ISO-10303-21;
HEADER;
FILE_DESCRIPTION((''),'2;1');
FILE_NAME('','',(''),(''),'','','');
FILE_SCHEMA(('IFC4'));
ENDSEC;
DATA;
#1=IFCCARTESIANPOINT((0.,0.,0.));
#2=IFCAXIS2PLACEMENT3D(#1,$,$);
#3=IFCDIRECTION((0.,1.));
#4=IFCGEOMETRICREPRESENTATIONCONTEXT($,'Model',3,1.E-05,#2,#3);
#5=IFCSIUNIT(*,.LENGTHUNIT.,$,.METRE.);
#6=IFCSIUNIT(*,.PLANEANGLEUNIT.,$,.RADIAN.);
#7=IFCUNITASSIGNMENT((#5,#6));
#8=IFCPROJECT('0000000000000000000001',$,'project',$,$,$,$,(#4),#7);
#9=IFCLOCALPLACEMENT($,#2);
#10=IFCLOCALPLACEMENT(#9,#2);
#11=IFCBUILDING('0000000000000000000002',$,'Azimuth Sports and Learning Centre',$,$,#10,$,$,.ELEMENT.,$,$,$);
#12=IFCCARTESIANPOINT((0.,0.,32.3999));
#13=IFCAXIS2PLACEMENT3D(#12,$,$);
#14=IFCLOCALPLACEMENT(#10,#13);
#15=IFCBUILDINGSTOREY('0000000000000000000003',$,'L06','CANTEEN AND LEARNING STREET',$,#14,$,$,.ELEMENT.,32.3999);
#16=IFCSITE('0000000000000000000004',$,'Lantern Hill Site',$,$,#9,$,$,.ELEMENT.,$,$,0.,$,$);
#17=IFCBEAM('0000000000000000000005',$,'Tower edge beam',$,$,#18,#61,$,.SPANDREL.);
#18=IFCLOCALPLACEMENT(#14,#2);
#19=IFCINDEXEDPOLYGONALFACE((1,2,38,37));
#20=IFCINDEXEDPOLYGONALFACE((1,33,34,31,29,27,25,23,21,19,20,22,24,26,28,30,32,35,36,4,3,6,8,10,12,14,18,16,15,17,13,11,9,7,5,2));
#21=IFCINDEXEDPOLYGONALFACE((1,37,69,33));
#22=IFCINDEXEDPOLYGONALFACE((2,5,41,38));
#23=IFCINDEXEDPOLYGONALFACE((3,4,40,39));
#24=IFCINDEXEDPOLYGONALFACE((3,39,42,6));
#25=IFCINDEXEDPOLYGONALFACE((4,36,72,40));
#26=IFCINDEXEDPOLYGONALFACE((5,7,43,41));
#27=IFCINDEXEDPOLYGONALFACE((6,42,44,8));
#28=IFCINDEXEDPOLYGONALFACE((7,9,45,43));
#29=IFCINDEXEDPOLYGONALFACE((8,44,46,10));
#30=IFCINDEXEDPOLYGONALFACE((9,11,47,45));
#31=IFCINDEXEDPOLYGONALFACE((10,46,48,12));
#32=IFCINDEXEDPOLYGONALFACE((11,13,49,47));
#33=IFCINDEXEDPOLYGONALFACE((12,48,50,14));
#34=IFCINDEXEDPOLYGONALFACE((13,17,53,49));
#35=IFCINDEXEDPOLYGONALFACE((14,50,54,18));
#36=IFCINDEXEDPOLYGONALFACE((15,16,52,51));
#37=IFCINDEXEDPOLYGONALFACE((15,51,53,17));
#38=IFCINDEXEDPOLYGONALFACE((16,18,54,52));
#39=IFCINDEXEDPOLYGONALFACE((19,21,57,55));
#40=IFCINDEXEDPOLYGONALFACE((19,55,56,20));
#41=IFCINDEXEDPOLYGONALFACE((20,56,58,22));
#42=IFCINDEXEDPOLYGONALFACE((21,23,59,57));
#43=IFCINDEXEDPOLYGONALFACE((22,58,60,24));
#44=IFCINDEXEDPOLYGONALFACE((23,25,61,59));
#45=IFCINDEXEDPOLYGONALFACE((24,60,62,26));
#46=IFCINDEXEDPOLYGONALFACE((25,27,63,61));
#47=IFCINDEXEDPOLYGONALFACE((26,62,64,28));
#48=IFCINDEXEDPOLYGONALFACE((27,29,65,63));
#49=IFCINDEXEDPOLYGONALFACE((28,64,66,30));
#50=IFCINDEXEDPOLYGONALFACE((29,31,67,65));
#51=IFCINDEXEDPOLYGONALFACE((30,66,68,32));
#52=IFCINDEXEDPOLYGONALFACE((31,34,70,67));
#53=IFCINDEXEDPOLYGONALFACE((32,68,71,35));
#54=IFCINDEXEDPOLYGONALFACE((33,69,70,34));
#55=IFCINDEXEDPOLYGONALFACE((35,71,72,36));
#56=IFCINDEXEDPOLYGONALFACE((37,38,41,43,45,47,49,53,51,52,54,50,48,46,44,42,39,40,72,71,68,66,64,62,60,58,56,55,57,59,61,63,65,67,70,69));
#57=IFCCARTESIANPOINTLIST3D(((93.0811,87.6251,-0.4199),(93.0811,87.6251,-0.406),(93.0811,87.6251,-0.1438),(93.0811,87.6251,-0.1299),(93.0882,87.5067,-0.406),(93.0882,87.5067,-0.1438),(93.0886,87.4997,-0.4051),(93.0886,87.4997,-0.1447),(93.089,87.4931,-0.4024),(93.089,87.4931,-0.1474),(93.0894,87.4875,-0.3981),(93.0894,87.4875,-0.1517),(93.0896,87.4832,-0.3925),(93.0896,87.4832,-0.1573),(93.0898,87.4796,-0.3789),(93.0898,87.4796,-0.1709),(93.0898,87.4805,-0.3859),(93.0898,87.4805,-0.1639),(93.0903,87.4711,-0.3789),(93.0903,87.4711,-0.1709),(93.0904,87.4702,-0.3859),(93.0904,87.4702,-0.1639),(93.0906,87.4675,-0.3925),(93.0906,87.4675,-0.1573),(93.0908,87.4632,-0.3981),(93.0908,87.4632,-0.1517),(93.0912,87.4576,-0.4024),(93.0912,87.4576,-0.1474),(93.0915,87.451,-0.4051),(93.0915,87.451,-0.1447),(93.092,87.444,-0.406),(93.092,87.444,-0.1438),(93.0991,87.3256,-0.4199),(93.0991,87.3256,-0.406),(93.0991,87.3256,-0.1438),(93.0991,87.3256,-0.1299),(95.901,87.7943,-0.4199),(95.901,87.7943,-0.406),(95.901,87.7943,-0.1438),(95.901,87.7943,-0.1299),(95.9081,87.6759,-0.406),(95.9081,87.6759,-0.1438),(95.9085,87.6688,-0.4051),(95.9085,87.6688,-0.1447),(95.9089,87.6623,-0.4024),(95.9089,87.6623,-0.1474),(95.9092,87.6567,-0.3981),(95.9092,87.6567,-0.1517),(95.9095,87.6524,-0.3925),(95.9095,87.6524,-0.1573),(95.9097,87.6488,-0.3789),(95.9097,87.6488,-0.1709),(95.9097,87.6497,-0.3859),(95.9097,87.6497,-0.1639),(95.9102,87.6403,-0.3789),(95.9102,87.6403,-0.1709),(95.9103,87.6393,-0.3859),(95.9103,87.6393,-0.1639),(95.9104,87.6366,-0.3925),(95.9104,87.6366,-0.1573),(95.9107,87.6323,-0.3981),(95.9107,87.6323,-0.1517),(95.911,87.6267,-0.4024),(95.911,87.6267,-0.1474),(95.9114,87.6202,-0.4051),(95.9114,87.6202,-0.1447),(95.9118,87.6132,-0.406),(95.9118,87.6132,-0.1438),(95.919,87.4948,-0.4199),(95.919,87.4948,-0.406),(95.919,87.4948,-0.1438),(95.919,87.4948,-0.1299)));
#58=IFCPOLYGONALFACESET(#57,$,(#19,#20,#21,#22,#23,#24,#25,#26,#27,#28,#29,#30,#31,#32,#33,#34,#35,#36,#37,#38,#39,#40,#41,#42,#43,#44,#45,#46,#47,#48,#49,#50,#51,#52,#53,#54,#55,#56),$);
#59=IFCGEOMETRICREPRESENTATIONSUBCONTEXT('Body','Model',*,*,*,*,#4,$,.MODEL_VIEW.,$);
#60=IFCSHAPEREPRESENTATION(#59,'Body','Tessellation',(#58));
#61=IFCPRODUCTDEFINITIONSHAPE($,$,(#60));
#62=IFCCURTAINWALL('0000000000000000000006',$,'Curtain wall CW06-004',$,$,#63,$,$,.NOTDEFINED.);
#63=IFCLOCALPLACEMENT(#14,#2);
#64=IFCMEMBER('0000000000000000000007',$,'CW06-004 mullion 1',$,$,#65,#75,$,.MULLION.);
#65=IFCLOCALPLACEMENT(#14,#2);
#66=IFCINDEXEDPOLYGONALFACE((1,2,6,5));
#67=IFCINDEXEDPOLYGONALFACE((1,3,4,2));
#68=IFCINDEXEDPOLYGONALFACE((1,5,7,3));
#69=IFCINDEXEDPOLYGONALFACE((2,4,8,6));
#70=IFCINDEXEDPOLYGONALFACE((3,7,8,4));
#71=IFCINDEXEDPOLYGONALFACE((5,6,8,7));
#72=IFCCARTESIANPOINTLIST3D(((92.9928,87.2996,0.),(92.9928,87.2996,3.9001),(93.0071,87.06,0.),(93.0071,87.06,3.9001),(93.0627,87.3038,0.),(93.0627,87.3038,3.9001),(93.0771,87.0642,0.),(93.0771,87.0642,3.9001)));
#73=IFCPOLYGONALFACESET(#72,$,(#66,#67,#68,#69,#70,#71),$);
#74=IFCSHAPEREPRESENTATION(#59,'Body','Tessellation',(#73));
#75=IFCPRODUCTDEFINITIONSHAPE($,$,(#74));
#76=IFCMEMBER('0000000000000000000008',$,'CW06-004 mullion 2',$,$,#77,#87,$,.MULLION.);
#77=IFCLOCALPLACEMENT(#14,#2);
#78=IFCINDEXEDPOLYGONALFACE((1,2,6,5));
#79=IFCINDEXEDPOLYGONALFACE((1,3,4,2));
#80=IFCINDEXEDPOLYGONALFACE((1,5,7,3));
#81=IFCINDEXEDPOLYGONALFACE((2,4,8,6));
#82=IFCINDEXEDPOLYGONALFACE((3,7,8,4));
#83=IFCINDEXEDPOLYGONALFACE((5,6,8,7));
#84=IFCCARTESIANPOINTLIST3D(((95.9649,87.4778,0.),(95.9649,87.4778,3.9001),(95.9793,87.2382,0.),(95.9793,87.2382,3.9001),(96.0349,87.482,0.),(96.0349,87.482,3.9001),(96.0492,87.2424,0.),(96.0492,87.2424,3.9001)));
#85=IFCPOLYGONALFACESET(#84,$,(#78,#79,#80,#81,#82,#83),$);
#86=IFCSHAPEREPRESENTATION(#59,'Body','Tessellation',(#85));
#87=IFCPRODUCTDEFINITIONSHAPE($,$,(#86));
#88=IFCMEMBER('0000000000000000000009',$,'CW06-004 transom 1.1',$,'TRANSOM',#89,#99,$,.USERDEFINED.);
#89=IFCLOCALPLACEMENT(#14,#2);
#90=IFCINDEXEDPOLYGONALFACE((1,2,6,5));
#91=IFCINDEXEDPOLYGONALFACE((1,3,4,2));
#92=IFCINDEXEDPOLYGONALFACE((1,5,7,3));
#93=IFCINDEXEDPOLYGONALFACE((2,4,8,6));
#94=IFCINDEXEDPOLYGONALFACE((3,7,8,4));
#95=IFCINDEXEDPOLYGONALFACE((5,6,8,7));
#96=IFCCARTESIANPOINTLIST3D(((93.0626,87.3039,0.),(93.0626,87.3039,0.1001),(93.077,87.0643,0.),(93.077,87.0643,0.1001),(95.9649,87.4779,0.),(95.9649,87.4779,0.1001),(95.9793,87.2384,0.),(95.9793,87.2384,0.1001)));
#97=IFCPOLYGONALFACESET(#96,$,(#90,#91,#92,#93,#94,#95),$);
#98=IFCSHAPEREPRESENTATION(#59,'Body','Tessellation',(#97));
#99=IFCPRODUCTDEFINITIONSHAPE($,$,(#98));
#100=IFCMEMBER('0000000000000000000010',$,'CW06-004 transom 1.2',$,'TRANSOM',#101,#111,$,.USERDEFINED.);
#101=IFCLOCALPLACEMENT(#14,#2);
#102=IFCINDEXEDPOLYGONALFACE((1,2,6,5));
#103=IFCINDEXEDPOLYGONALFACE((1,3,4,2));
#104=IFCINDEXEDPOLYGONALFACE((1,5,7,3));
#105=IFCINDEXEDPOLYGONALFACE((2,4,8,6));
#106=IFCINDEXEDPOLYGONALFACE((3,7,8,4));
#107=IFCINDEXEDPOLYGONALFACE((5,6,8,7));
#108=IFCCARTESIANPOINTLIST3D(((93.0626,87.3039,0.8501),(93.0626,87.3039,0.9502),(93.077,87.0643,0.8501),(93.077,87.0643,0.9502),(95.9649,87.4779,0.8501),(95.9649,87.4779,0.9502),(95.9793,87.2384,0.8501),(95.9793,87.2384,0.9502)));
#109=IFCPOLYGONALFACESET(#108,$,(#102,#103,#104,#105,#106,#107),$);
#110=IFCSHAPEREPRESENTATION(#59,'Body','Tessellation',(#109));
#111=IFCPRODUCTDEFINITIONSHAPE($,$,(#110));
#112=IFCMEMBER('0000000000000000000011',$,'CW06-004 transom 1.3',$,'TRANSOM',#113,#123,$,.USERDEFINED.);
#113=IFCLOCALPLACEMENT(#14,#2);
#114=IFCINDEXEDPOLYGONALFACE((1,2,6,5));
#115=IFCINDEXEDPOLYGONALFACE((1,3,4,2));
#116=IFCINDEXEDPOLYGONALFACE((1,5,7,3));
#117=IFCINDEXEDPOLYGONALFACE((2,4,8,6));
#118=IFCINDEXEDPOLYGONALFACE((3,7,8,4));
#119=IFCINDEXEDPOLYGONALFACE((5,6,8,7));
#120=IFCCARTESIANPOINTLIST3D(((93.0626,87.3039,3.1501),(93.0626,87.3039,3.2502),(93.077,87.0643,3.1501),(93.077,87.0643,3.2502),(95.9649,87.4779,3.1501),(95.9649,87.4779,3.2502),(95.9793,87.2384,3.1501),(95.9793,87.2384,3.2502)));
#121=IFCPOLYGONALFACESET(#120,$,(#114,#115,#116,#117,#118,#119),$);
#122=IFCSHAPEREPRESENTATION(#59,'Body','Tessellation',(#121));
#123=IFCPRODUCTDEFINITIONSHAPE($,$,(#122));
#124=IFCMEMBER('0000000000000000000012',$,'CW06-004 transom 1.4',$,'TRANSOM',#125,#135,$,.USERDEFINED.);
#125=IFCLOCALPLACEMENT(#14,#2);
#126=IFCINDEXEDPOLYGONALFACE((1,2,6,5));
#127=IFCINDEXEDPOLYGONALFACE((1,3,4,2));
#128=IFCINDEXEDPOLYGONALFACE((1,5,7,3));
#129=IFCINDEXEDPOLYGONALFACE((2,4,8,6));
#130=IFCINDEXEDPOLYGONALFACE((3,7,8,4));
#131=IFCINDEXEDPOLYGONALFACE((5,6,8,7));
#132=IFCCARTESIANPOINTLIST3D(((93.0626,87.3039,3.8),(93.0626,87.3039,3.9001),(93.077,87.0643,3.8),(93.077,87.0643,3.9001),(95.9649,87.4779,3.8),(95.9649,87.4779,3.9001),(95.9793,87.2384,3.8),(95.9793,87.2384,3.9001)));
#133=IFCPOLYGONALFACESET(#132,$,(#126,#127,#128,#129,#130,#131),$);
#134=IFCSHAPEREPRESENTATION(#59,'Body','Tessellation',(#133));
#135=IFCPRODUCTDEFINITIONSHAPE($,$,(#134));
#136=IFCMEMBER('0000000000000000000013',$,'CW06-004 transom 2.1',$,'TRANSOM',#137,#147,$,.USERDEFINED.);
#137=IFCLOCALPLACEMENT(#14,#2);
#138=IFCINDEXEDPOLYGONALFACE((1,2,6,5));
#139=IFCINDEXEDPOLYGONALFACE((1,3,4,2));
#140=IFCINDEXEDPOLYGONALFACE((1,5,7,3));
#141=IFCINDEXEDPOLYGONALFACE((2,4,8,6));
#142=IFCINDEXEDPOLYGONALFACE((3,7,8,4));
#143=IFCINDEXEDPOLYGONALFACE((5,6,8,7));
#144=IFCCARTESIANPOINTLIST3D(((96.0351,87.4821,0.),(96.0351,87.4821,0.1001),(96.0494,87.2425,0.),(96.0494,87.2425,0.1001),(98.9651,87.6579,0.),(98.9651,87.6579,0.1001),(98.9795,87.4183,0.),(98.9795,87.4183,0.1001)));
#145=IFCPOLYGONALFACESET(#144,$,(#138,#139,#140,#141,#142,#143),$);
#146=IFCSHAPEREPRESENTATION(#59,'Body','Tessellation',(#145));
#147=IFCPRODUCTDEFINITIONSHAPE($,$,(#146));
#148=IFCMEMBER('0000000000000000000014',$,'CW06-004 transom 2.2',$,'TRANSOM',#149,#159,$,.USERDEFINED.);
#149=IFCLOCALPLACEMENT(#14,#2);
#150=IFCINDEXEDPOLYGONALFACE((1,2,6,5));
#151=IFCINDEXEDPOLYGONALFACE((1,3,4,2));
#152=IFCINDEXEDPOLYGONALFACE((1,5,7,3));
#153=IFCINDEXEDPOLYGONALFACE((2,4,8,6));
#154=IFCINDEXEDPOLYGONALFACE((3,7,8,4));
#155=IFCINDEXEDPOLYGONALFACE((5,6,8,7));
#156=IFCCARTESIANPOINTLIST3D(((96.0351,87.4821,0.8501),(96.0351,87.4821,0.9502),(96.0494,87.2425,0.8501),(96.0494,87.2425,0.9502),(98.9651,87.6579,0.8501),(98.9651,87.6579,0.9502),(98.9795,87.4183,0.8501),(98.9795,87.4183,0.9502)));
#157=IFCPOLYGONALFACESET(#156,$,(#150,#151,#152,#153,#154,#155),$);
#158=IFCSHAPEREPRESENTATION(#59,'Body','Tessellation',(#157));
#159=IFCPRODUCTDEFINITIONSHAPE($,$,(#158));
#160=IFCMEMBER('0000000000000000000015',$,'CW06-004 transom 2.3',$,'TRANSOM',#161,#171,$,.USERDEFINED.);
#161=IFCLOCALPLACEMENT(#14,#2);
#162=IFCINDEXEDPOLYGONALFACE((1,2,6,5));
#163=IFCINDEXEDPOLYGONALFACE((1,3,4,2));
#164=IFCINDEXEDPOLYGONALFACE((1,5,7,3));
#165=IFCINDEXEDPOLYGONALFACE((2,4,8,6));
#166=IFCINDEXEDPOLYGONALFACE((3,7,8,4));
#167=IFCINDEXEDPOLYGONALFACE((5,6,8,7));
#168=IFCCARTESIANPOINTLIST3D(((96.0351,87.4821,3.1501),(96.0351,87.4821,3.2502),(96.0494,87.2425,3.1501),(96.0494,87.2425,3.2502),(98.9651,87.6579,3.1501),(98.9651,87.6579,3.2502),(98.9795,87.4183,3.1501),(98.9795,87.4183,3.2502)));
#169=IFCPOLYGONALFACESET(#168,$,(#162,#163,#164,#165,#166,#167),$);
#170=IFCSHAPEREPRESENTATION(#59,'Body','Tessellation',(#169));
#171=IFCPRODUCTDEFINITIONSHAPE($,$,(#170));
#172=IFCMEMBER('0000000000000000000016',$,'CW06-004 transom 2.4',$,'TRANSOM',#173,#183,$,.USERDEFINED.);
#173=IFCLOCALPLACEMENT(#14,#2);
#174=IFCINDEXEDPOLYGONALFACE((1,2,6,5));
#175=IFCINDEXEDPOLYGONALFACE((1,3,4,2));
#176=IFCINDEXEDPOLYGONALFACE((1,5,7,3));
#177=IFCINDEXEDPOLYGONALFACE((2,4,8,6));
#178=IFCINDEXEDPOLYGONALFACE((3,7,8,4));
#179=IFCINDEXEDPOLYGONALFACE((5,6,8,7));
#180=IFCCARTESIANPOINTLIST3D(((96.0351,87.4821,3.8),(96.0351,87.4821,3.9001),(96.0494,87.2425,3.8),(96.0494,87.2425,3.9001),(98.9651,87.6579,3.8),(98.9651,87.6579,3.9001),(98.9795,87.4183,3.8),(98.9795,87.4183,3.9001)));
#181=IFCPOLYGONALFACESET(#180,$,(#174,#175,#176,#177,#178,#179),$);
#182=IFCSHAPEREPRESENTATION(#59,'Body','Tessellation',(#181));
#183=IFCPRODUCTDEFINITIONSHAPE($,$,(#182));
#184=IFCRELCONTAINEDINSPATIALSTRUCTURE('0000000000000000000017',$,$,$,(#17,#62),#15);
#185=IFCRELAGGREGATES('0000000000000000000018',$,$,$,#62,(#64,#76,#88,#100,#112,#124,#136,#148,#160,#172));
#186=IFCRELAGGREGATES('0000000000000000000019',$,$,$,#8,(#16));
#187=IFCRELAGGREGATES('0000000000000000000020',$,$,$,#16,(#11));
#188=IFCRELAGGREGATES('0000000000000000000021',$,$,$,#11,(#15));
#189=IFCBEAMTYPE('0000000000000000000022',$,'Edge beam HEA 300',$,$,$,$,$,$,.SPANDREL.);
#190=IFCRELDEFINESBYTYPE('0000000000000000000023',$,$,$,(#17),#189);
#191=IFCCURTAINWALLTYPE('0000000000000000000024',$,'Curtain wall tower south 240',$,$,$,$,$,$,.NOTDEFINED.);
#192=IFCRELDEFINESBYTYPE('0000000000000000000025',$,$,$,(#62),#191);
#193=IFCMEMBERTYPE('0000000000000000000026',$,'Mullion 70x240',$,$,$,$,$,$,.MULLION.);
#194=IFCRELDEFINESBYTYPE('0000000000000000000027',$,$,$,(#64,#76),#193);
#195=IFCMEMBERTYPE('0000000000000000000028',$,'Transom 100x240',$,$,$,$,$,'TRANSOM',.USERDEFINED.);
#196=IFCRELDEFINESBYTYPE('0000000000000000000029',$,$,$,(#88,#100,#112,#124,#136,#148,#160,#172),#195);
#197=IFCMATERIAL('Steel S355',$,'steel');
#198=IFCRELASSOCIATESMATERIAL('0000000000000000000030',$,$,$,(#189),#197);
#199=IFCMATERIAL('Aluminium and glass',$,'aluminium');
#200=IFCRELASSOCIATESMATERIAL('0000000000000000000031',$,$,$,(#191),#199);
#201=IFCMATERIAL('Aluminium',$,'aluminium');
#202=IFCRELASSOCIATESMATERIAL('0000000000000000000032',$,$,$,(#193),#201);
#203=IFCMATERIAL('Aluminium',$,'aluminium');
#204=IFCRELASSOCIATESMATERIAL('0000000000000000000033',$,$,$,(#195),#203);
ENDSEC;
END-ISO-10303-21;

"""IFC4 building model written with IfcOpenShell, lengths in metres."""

from ifc_helpers import new_model, si_unit, direction, frame, origin, origin_2d, place, context, subcontext, project, spatial, rectangle, i_section, extrude, material, material_profile, profile_set, type_object, element, aggregate, save


model = new_model("IFC4")

# Units and contexts
model_context = context("Model", 3, precision=1e-05, world=origin(), true_north=direction((0.0, 1.0)))
body_context = subcontext(model_context, "Body", "Model", "MODEL_VIEW")
ifc_project = project(units=[si_unit("LENGTHUNIT", "METRE"), si_unit("PLANEANGLEUNIT", "RADIAN")], contexts=[model_context])

# Site, building, storey
site_placement = place(None, origin())
site = spatial("IfcSite", under=ifc_project, at=site_placement, Name="Lantern Hill Site", CompositionType="ELEMENT", RefElevation=0.0)
building_placement = place(site_placement, origin())
building = spatial("IfcBuilding", under=site, at=building_placement, Name="Azimuth Sports and Learning Centre", CompositionType="ELEMENT")
storey_placement = place(building_placement, frame((0.0, 0.0, 32.3999)))
storey = spatial("IfcBuildingStorey", under=building, at=storey_placement, Name="L06", Description="CANTEEN AND LEARNING STREET", CompositionType="ELEMENT", Elevation=32.3999)

# Beam
ifc_material_1 = material(Name="Steel S355", Category="steel")
ifc_material_profile_1 = material_profile(ifc_material_1, i_section(OverallWidth=0.3, OverallDepth=0.29, WebThickness=0.0085, FlangeThickness=0.0139, FilletRadius=0.0271, at=origin_2d()), Name="HEA 300")
ifc_profile_set_1 = profile_set([ifc_material_profile_1], Name="Steel S355")
beam_type = type_object("IfcBeamType", Name="Edge beam HEA 300", PredefinedType="SPANDREL", material=ifc_profile_set_1)
beam_placement = place(storey_placement, frame((93.0901, 87.4753, -0.2749), z_axis=(0.998205, 0.059892, 0.0), x_axis=(-0.059892, 0.998205, 0.0)))
element("IfcBeam", 1, at=beam_placement, inside=storey, type_object=beam_type, Name="Tower edge beam", PredefinedType="SPANDREL", context=body_context, shape_type="SweptSolid", body=[
    extrude(i_section(OverallWidth=0.3, OverallDepth=0.29, WebThickness=0.0085, FlangeThickness=0.0139, FilletRadius=0.0271, at=origin_2d()), origin(), (0.0, 0.0, 1.0), 2.825),
])

# Curtain wall, members
ifc_material_2 = material(Name="Aluminium and glass", Category="aluminium")
curtain_wall_type = type_object("IfcCurtainWallType", Name="Curtain wall tower south 240", PredefinedType="NOTDEFINED", material=ifc_material_2)
curtain_wall_placement = place(storey_placement, origin())
curtain_wall = element("IfcCurtainWall", 2, at=curtain_wall_placement, inside=storey, type_object=curtain_wall_type, Name="Curtain wall CW06-004", PredefinedType="NOTDEFINED")
ifc_material_3 = material(Name="Aluminium", Category="aluminium")
ifc_material_profile_2 = material_profile(ifc_material_3, rectangle(XDim=0.24, YDim=0.0701, at=origin_2d()), Name="Mullion 70x240")
ifc_profile_set_2 = profile_set([ifc_material_profile_2], Name="Aluminium")
member_type_1 = type_object("IfcMemberType", Name="Mullion 70x240", PredefinedType="MULLION", material=ifc_profile_set_2)
member_1_placement = place(storey_placement, frame((93.0349, 87.1819, 0.0), z_axis=(0.0, 0.0, 1.0), x_axis=(-0.059892, 0.998205, 0.0)))
member_1 = element("IfcMember", 3, at=member_1_placement, type_object=member_type_1, Name="CW06-004 mullion 1", PredefinedType="MULLION", context=body_context, shape_type="SweptSolid", body=[
    extrude(rectangle(XDim=0.24, YDim=0.0701, at=origin_2d()), origin(), (0.0, 0.0, 1.0), 3.9001),
])
member_2_placement = place(storey_placement, frame((96.0071, 87.3601, 0.0), z_axis=(0.0, 0.0, 1.0), x_axis=(-0.059892, 0.998205, 0.0)))
member_2 = element("IfcMember", 4, at=member_2_placement, type_object=member_type_1, Name="CW06-004 mullion 2", PredefinedType="MULLION", context=body_context, shape_type="SweptSolid", body=[
    extrude(rectangle(XDim=0.24, YDim=0.0701, at=origin_2d()), origin(), (0.0, 0.0, 1.0), 3.9001),
])
ifc_material_4 = material(Name="Aluminium", Category="aluminium")
ifc_material_profile_3 = material_profile(ifc_material_4, rectangle(XDim=0.24, YDim=0.1001, at=origin_2d()), Name="Transom 100x240")
ifc_profile_set_3 = profile_set([ifc_material_profile_3], Name="Aluminium")
member_type_2 = type_object("IfcMemberType", Name="Transom 100x240", ElementType="TRANSOM", PredefinedType="USERDEFINED", material=ifc_profile_set_3)
member_3_placement = place(storey_placement, frame((93.0698, 87.1841, 0.05), z_axis=(0.998206, 0.059869, 0.0), x_axis=(-0.059869, 0.998206, 0.0)))
member_3 = element("IfcMember", 5, at=member_3_placement, type_object=member_type_2, Name="CW06-004 transom 1.1", ObjectType="TRANSOM", PredefinedType="USERDEFINED", context=body_context, shape_type="SweptSolid", body=[
    extrude(rectangle(XDim=0.24, YDim=0.1001, at=origin_2d()), origin(), (0.0, 0.0, 1.0), 2.9075),
])
member_4_placement = place(storey_placement, frame((93.0698, 87.1841, 0.9001), z_axis=(0.998206, 0.059869, 0.0), x_axis=(-0.059869, 0.998206, 0.0)))
member_4 = element("IfcMember", 6, at=member_4_placement, type_object=member_type_2, Name="CW06-004 transom 1.2", ObjectType="TRANSOM", PredefinedType="USERDEFINED", context=body_context, shape_type="SweptSolid", body=[
    extrude(rectangle(XDim=0.24, YDim=0.1001, at=origin_2d()), origin(), (0.0, 0.0, 1.0), 2.9075),
])
member_5_placement = place(storey_placement, frame((93.0698, 87.1841, 3.2002), z_axis=(0.998206, 0.059869, 0.0), x_axis=(-0.059869, 0.998206, 0.0)))
member_5 = element("IfcMember", 7, at=member_5_placement, type_object=member_type_2, Name="CW06-004 transom 1.3", ObjectType="TRANSOM", PredefinedType="USERDEFINED", context=body_context, shape_type="SweptSolid", body=[
    extrude(rectangle(XDim=0.24, YDim=0.1001, at=origin_2d()), origin(), (0.0, 0.0, 1.0), 2.9075),
])
member_6_placement = place(storey_placement, frame((93.0698, 87.1841, 3.8501), z_axis=(0.998206, 0.059869, 0.0), x_axis=(-0.059869, 0.998206, 0.0)))
member_6 = element("IfcMember", 8, at=member_6_placement, type_object=member_type_2, Name="CW06-004 transom 1.4", ObjectType="TRANSOM", PredefinedType="USERDEFINED", context=body_context, shape_type="SweptSolid", body=[
    extrude(rectangle(XDim=0.24, YDim=0.1001, at=origin_2d()), origin(), (0.0, 0.0, 1.0), 2.9075),
])
member_7_placement = place(storey_placement, frame((96.0422, 87.3623, 0.05), z_axis=(0.998205, 0.059887, 0.0), x_axis=(-0.059887, 0.998205, 0.0)))
member_7 = element("IfcMember", 9, at=member_7_placement, type_object=member_type_2, Name="CW06-004 transom 2.1", ObjectType="TRANSOM", PredefinedType="USERDEFINED", context=body_context, shape_type="SweptSolid", body=[
    extrude(rectangle(XDim=0.24, YDim=0.1001, at=origin_2d()), origin(), (0.0, 0.0, 1.0), 2.9353),
])
member_8_placement = place(storey_placement, frame((96.0422, 87.3623, 0.9001), z_axis=(0.998205, 0.059887, 0.0), x_axis=(-0.059887, 0.998205, 0.0)))
member_8 = element("IfcMember", 10, at=member_8_placement, type_object=member_type_2, Name="CW06-004 transom 2.2", ObjectType="TRANSOM", PredefinedType="USERDEFINED", context=body_context, shape_type="SweptSolid", body=[
    extrude(rectangle(XDim=0.24, YDim=0.1001, at=origin_2d()), origin(), (0.0, 0.0, 1.0), 2.9353),
])
member_9_placement = place(storey_placement, frame((96.0422, 87.3623, 3.2002), z_axis=(0.998205, 0.059887, 0.0), x_axis=(-0.059887, 0.998205, 0.0)))
member_9 = element("IfcMember", 11, at=member_9_placement, type_object=member_type_2, Name="CW06-004 transom 2.3", ObjectType="TRANSOM", PredefinedType="USERDEFINED", context=body_context, shape_type="SweptSolid", body=[
    extrude(rectangle(XDim=0.24, YDim=0.1001, at=origin_2d()), origin(), (0.0, 0.0, 1.0), 2.9353),
])
member_10_placement = place(storey_placement, frame((96.0422, 87.3623, 3.8501), z_axis=(0.998205, 0.059887, 0.0), x_axis=(-0.059887, 0.998205, 0.0)))
member_10 = element("IfcMember", 12, at=member_10_placement, type_object=member_type_2, Name="CW06-004 transom 2.4", ObjectType="TRANSOM", PredefinedType="USERDEFINED", context=body_context, shape_type="SweptSolid", body=[
    extrude(rectangle(XDim=0.24, YDim=0.1001, at=origin_2d()), origin(), (0.0, 0.0, 1.0), 2.9353),
])
aggregate(curtain_wall, [member_1, member_2, member_3, member_4, member_5, member_6, member_7, member_8, member_9, member_10])

save(model, "model.ifc")
